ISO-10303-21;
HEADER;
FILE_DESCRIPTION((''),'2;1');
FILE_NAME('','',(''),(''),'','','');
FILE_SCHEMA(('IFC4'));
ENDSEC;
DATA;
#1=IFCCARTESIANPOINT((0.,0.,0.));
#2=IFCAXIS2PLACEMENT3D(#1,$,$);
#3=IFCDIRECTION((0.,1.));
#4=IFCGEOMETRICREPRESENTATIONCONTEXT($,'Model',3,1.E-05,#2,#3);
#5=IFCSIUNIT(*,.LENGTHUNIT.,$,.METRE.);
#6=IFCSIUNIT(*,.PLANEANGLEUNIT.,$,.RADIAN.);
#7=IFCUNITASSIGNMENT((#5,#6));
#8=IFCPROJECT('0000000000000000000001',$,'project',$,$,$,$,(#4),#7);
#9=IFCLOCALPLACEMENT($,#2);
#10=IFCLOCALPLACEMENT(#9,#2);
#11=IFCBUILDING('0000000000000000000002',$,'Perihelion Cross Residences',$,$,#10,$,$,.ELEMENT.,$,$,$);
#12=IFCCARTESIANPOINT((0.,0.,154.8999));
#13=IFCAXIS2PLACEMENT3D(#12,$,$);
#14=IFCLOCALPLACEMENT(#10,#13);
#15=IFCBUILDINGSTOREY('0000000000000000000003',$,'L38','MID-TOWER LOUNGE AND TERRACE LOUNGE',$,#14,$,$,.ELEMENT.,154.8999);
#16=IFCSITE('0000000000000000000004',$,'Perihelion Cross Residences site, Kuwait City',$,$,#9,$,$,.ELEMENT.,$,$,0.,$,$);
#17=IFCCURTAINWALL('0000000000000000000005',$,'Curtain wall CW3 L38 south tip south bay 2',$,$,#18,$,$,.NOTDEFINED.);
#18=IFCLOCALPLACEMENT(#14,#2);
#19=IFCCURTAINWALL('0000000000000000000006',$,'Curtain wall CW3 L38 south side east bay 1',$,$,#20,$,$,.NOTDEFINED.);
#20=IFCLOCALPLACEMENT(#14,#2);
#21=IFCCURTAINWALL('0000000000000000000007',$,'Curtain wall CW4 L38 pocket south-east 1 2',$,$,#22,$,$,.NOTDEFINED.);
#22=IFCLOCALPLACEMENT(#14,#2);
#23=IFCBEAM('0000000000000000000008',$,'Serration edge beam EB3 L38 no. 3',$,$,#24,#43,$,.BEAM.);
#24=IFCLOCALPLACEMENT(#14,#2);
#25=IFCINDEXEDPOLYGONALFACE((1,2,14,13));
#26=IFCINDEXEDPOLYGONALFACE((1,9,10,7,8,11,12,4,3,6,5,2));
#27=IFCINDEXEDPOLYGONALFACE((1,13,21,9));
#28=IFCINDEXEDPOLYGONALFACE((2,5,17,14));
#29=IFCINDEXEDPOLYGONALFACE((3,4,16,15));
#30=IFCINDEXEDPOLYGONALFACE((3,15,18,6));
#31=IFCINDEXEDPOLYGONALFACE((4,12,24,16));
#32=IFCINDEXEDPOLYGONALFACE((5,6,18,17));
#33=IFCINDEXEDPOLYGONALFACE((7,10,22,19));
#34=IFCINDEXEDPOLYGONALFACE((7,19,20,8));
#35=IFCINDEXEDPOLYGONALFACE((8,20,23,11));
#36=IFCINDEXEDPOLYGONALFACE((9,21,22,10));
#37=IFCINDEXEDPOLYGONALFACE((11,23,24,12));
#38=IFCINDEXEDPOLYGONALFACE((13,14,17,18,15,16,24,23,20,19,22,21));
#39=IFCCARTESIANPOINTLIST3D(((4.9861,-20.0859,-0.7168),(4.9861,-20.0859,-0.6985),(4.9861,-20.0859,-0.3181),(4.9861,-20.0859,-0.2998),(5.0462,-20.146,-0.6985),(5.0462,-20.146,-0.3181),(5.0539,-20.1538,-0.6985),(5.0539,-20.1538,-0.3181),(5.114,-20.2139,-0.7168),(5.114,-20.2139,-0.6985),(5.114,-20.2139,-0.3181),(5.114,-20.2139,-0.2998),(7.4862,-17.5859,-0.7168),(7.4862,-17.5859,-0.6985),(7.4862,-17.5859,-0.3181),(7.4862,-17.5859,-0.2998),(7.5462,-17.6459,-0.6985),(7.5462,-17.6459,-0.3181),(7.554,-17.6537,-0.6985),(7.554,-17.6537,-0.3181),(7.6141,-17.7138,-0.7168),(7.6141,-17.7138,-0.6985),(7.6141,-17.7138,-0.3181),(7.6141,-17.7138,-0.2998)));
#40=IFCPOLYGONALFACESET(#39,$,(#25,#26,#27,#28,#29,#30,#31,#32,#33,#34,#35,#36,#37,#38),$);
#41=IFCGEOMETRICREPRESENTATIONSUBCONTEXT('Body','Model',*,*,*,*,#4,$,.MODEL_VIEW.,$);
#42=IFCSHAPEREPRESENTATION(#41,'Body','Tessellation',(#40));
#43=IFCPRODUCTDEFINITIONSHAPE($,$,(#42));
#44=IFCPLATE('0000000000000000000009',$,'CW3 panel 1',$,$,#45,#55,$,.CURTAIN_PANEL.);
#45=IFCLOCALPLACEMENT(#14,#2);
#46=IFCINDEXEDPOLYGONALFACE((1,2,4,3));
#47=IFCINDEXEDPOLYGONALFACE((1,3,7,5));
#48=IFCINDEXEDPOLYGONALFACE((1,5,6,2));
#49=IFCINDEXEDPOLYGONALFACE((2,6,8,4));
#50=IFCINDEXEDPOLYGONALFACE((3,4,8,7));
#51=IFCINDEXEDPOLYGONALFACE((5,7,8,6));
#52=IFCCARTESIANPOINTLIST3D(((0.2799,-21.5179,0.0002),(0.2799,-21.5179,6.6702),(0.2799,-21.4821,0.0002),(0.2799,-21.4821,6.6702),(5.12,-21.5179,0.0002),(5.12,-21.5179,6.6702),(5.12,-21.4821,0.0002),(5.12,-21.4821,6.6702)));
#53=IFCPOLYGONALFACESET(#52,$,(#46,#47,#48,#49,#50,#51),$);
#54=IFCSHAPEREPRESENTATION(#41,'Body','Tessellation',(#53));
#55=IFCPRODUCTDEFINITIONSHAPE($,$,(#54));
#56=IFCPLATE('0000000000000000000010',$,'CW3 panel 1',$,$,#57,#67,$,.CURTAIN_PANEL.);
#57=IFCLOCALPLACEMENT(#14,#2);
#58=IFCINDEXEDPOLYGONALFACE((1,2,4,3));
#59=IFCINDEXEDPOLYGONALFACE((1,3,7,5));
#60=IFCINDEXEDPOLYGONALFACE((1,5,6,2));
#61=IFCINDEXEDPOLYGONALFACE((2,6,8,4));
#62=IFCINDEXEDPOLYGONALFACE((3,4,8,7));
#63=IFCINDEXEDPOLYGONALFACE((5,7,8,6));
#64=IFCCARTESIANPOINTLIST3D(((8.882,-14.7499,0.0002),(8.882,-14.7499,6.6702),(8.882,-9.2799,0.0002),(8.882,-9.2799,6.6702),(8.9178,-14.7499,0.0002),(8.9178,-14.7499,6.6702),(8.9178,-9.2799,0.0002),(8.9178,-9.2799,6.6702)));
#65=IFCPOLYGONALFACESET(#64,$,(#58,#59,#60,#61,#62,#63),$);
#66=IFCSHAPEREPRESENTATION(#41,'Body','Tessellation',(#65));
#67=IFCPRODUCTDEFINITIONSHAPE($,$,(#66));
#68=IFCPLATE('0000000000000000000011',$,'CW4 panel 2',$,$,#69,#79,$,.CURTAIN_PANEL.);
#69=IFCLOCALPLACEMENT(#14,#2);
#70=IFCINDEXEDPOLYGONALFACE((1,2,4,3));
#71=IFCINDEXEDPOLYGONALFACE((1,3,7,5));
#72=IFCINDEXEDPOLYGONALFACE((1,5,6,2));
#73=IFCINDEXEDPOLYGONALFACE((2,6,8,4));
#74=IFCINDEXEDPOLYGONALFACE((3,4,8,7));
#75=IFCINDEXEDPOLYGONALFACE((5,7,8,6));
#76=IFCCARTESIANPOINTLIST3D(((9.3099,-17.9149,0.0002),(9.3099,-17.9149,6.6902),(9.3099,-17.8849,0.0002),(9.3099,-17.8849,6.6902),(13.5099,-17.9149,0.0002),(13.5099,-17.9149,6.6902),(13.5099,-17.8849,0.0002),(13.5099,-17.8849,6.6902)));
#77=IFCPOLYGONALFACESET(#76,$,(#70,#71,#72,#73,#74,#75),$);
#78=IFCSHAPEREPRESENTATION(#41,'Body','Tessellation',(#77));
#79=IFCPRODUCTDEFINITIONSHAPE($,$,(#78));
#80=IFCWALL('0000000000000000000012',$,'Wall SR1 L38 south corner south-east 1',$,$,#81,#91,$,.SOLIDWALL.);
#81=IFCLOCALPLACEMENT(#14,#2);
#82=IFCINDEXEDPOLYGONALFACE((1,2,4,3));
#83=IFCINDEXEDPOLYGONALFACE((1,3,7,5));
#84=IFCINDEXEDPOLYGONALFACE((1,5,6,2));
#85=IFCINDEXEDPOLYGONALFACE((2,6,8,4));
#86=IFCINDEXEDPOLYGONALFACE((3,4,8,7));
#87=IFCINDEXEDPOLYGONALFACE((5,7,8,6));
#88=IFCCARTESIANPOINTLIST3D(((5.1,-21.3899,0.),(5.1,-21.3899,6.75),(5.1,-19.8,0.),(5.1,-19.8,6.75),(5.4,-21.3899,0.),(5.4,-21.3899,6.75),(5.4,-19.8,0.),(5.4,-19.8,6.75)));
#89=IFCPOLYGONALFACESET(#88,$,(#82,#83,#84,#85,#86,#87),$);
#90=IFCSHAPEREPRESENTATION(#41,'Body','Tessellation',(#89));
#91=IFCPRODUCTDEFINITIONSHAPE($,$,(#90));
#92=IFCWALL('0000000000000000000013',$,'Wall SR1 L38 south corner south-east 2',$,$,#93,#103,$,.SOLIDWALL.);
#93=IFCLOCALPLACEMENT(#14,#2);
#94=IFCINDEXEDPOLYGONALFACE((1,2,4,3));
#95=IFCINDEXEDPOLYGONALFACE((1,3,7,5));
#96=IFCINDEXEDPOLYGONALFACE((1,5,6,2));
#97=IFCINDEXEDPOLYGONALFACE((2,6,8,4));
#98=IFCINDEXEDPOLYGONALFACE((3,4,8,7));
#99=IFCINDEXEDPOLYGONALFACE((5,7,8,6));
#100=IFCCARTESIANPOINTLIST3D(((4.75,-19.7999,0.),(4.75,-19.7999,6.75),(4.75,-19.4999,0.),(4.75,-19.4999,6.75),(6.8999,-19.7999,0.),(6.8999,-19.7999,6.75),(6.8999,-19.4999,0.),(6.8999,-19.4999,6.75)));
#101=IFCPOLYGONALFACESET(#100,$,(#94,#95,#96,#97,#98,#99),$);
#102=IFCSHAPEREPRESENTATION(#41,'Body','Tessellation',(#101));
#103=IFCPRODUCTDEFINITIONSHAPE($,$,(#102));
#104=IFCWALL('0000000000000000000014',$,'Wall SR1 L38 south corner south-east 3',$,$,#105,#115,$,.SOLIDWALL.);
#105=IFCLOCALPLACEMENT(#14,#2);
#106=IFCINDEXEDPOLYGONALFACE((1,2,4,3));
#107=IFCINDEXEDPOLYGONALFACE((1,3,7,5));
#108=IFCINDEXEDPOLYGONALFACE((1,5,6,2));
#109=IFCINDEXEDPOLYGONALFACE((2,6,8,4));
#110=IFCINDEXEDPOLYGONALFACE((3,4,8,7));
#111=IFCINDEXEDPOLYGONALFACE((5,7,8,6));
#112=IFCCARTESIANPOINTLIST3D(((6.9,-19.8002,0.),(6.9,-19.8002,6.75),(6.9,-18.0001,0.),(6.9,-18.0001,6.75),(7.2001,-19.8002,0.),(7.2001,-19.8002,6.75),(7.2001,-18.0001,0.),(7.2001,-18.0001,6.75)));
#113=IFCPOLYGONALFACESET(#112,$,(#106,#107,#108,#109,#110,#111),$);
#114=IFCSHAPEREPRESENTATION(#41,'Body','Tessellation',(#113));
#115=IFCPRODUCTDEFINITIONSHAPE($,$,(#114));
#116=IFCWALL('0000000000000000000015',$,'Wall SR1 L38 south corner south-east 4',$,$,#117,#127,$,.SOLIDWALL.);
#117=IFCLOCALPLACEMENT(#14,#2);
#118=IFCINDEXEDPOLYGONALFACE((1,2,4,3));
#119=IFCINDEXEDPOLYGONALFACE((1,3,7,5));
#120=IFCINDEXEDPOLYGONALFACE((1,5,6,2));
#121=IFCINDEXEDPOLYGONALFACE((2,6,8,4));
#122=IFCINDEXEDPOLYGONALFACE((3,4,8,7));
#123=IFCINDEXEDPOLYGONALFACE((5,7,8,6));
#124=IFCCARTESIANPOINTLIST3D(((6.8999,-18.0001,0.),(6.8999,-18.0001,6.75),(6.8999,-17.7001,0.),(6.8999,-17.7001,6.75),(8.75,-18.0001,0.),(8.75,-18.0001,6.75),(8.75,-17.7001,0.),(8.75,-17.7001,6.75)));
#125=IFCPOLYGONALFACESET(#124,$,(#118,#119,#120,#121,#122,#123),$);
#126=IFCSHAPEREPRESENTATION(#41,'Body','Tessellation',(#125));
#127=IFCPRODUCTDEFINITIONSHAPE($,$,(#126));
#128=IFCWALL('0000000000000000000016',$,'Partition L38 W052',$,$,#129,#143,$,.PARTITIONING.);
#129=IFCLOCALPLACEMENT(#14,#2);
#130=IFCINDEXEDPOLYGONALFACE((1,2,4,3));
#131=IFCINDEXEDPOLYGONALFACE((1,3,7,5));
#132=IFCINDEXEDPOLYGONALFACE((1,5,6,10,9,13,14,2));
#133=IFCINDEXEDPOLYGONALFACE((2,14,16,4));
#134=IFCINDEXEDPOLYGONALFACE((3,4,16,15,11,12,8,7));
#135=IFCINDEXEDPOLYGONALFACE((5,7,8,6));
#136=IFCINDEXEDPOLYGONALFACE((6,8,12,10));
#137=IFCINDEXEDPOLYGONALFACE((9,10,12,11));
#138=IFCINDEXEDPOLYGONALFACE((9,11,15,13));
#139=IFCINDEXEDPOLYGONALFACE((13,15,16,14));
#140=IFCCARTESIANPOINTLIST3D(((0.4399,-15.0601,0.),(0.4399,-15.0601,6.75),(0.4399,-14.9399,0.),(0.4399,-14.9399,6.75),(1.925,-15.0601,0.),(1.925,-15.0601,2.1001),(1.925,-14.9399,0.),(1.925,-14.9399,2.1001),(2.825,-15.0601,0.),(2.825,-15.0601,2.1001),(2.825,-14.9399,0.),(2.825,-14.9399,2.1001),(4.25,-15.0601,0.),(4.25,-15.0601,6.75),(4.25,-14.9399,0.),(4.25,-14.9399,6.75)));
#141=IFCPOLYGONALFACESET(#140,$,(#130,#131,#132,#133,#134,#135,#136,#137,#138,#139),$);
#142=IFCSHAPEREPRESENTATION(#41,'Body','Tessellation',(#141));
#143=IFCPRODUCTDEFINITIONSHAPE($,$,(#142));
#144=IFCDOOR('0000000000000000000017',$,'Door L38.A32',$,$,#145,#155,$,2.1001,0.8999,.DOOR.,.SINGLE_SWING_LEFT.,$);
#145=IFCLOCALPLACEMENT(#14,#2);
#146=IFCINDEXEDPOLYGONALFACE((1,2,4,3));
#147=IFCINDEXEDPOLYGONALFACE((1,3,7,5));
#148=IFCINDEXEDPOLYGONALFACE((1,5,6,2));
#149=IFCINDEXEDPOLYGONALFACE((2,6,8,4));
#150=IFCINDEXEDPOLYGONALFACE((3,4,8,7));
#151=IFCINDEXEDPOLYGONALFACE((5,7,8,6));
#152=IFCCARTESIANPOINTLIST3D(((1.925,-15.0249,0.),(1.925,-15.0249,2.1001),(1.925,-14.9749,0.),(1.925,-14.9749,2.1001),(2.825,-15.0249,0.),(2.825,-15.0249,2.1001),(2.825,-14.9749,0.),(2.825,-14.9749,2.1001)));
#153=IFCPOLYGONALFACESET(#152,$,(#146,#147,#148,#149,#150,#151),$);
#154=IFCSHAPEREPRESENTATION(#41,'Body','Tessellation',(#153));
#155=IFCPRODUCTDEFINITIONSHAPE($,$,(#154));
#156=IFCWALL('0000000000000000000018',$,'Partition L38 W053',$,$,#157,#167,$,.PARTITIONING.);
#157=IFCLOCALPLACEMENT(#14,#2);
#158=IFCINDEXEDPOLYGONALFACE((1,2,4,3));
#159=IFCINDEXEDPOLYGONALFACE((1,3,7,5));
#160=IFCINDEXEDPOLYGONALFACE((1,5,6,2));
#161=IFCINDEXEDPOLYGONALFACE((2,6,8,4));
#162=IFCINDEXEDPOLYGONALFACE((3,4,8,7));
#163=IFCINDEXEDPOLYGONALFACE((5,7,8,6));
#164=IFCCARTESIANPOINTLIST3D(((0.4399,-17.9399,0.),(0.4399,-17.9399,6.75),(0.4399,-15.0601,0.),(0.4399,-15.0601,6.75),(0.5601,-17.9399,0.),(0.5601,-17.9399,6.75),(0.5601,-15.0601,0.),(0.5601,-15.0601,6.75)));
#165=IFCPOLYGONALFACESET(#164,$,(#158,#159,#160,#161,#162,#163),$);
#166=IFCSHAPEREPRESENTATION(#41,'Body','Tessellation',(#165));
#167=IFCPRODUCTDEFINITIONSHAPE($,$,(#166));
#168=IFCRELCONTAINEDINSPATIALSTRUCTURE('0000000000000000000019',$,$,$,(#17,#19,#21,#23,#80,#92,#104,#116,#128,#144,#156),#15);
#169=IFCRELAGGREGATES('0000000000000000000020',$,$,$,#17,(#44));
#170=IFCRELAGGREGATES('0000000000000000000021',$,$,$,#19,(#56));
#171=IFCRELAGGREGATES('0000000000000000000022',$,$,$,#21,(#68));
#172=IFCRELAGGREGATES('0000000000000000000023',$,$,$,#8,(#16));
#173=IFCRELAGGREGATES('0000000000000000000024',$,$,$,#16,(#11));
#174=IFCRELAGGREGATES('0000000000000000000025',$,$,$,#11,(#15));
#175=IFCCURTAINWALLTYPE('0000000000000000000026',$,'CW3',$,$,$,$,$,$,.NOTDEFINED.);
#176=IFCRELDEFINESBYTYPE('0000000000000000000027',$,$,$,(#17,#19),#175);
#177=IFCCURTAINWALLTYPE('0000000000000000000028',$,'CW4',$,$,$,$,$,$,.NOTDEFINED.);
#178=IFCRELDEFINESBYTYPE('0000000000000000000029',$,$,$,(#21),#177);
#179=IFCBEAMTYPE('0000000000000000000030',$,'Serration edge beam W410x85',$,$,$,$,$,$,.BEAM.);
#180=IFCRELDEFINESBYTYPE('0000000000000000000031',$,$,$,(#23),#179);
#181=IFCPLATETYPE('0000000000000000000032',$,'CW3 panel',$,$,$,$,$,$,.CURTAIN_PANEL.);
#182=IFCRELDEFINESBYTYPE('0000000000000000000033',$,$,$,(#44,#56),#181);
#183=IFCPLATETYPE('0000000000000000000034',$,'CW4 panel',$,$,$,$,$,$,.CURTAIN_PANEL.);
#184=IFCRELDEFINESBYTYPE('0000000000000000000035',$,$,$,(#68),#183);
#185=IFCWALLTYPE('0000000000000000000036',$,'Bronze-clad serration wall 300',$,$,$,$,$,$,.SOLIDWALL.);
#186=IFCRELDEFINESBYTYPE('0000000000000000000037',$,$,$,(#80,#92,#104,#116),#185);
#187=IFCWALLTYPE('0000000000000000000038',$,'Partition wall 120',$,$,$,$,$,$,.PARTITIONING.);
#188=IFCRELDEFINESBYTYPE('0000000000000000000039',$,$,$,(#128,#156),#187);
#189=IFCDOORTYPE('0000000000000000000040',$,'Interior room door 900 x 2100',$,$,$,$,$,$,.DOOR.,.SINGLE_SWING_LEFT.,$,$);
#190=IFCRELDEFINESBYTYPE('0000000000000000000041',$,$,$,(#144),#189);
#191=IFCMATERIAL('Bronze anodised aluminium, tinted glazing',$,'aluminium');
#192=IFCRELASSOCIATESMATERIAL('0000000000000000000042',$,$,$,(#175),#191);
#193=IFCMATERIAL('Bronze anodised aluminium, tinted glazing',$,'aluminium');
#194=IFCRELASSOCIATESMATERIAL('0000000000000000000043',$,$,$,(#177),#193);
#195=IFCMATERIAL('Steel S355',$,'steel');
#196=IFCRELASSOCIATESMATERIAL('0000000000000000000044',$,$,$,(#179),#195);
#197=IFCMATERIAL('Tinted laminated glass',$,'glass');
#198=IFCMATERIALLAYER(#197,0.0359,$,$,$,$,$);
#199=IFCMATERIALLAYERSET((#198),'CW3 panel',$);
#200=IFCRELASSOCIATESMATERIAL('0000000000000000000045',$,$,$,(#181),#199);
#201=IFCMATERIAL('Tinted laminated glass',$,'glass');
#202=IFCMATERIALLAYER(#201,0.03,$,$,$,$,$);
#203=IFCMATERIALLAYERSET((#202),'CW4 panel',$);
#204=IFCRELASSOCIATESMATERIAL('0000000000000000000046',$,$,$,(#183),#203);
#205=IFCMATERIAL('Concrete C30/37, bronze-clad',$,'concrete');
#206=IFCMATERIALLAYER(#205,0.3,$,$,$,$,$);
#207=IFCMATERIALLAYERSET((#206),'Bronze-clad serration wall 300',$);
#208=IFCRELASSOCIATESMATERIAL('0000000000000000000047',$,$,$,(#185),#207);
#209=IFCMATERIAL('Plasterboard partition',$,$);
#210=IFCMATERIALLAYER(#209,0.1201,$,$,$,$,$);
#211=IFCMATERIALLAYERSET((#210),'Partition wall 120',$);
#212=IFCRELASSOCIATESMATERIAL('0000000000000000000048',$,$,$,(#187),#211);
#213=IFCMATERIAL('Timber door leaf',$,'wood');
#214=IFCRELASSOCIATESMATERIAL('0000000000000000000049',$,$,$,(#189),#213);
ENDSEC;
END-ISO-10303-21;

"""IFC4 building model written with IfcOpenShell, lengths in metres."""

from ifc_helpers import new_model, si_unit, direction, frame, frame_2d, origin, origin_2d, place, context, subcontext, project, spatial, rectangle, i_section, extrude, material, layer, layer_set, material_profile, profile_set, type_object, element, fill, aggregate, save


model = new_model("IFC4")

# Units and contexts
model_context = context("Model", 3, precision=1e-05, world=origin(), true_north=direction((0.0, 1.0)))
body_context = subcontext(model_context, "Body", "Model", "MODEL_VIEW")
ifc_project = project(units=[si_unit("LENGTHUNIT", "METRE"), si_unit("PLANEANGLEUNIT", "RADIAN")], contexts=[model_context])

# Site, building, storey
site_placement = place(None, origin())
site = spatial("IfcSite", under=ifc_project, at=site_placement, Name="Perihelion Cross Residences site, Kuwait City", CompositionType="ELEMENT", RefElevation=0.0)
building_placement = place(site_placement, origin())
building = spatial("IfcBuilding", under=site, at=building_placement, Name="Perihelion Cross Residences", CompositionType="ELEMENT")
storey_placement = place(building_placement, frame((0.0, 0.0, 154.8999)))
storey = spatial("IfcBuildingStorey", under=building, at=storey_placement, Name="L38", Description="MID-TOWER LOUNGE AND TERRACE LOUNGE", CompositionType="ELEMENT", Elevation=154.8999)

# Curtain wall
ifc_material_1 = material(Name="Bronze anodised aluminium, tinted glazing", Category="aluminium")
curtain_wall_type_1 = type_object("IfcCurtainWallType", Name="CW3", PredefinedType="NOTDEFINED", material=ifc_material_1)
curtain_wall_1_placement = place(storey_placement, origin())
curtain_wall_1 = element("IfcCurtainWall", 1, at=curtain_wall_1_placement, inside=storey, type_object=curtain_wall_type_1, Name="Curtain wall CW3 L38 south tip south bay 2", PredefinedType="NOTDEFINED")

# Curtain wall
curtain_wall_2_placement = place(storey_placement, origin())
curtain_wall_2 = element("IfcCurtainWall", 2, at=curtain_wall_2_placement, inside=storey, type_object=curtain_wall_type_1, Name="Curtain wall CW3 L38 south side east bay 1", PredefinedType="NOTDEFINED")

# Curtain wall
ifc_material_2 = material(Name="Bronze anodised aluminium, tinted glazing", Category="aluminium")
curtain_wall_type_2 = type_object("IfcCurtainWallType", Name="CW4", PredefinedType="NOTDEFINED", material=ifc_material_2)
curtain_wall_3_placement = place(storey_placement, origin())
curtain_wall_3 = element("IfcCurtainWall", 3, at=curtain_wall_3_placement, inside=storey, type_object=curtain_wall_type_2, Name="Curtain wall CW4 L38 pocket south-east 1 2", PredefinedType="NOTDEFINED")

# Beam
ifc_material_3 = material(Name="Steel S355", Category="steel")
ifc_material_profile_1 = material_profile(ifc_material_3, i_section(OverallWidth=0.1809, OverallDepth=0.417, WebThickness=0.011, FlangeThickness=0.0183, at=origin_2d()), Name="W410x85")
ifc_profile_set_1 = profile_set([ifc_material_profile_1], Name="Steel S355")
beam_type_1 = type_object("IfcBeamType", Name="Serration edge beam W410x85", PredefinedType="BEAM", material=ifc_profile_set_1)
beam_1_placement = place(storey_placement, frame((5.05, -20.1499, -0.5083), z_axis=(0.707107, 0.707107, 0.0), x_axis=(-0.707107, 0.707107, 0.0)))
element("IfcBeam", 4, at=beam_1_placement, inside=storey, type_object=beam_type_1, Name="Serration edge beam EB3 L38 no. 3", PredefinedType="BEAM", context=body_context, shape_type="SweptSolid", body=[
    extrude(i_section(OverallWidth=0.1809, OverallDepth=0.417, WebThickness=0.011, FlangeThickness=0.0183, at=origin_2d()), origin(), (0.0, 0.0, 1.0), 3.5356),
])

# Plates
ifc_material_4 = material(Name="Tinted laminated glass", Category="glass")
ifc_layer_1 = layer(ifc_material_4, 0.0359)
ifc_layer_set_1 = layer_set([ifc_layer_1], Name="CW3 panel")
plate_type_1 = type_object("IfcPlateType", Name="CW3 panel", PredefinedType="CURTAIN_PANEL", material=ifc_layer_set_1)
plate_1_placement = place(storey_placement, frame((2.7, -21.5, 0.0002), z_axis=(0.0, 0.0, 1.0), x_axis=(1.0, 0.0, 0.0)))
plate_1 = element("IfcPlate", 5, at=plate_1_placement, type_object=plate_type_1, Name="CW3 panel 1", PredefinedType="CURTAIN_PANEL", context=body_context, shape_type="SweptSolid", body=[
    extrude(rectangle(XDim=4.8401, YDim=0.0359, at=origin_2d()), origin(), (0.0, 0.0, 1.0), 6.6699),
])
aggregate(curtain_wall_1, [plate_1])
plate_2_placement = place(storey_placement, frame((8.8999, -12.0149, 0.0002), z_axis=(0.0, 0.0, 1.0), x_axis=(0.0, 1.0, 0.0)))
plate_2 = element("IfcPlate", 6, at=plate_2_placement, type_object=plate_type_1, Name="CW3 panel 1", PredefinedType="CURTAIN_PANEL", context=body_context, shape_type="SweptSolid", body=[
    extrude(rectangle(XDim=5.47, YDim=0.0359, at=origin_2d()), origin(), (0.0, 0.0, 1.0), 6.6699),
])
aggregate(curtain_wall_2, [plate_2])
ifc_material_5 = material(Name="Tinted laminated glass", Category="glass")
ifc_layer_2 = layer(ifc_material_5, 0.03)
ifc_layer_set_2 = layer_set([ifc_layer_2], Name="CW4 panel")
plate_type_2 = type_object("IfcPlateType", Name="CW4 panel", PredefinedType="CURTAIN_PANEL", material=ifc_layer_set_2)
plate_3_placement = place(storey_placement, frame((11.4099, -17.8999, 0.0002), z_axis=(0.0, 0.0, 1.0), x_axis=(-1.0, 0.0, 0.0)))
plate_3 = element("IfcPlate", 7, at=plate_3_placement, type_object=plate_type_2, Name="CW4 panel 2", PredefinedType="CURTAIN_PANEL", context=body_context, shape_type="SweptSolid", body=[
    extrude(rectangle(XDim=4.2, YDim=0.03, at=origin_2d()), origin(), (0.0, 0.0, 1.0), 6.6899),
])
aggregate(curtain_wall_3, [plate_3])

# Walls
ifc_material_6 = material(Name="Concrete C30/37, bronze-clad", Category="concrete")
ifc_layer_3 = layer(ifc_material_6, 0.3)
ifc_layer_set_3 = layer_set([ifc_layer_3], Name="Bronze-clad serration wall 300")
wall_type_1 = type_object("IfcWallType", Name="Bronze-clad serration wall 300", PredefinedType="SOLIDWALL", material=ifc_layer_set_3)
wall_1_placement = place(storey_placement, frame((5.25, -21.3899, 0.0), z_axis=(0.0, 0.0, 1.0), x_axis=(0.0, 1.0, 0.0)))
element("IfcWall", 8, at=wall_1_placement, inside=storey, type_object=wall_type_1, Name="Wall SR1 L38 south corner south-east 1", PredefinedType="SOLIDWALL", context=body_context, shape_type="SweptSolid", body=[
    extrude(rectangle(XDim=1.5898, YDim=0.3, at=frame_2d((0.7949, 0.0))), origin(), (0.0, 0.0, 1.0), 6.75),
])
wall_2_placement = place(storey_placement, frame((4.75, -19.6499, 0.0), z_axis=(0.0, 0.0, 1.0), x_axis=(1.0, 0.0, 0.0)))
element("IfcWall", 9, at=wall_2_placement, inside=storey, type_object=wall_type_1, Name="Wall SR1 L38 south corner south-east 2", PredefinedType="SOLIDWALL", context=body_context, shape_type="SweptSolid", body=[
    extrude(rectangle(XDim=2.1499, YDim=0.3, at=frame_2d((1.075, 0.0))), origin(), (0.0, 0.0, 1.0), 6.75),
])
wall_3_placement = place(storey_placement, frame((7.05, -19.8, 0.0), z_axis=(0.0, 0.0, 1.0), x_axis=(0.0, 1.0, 0.0)))
element("IfcWall", 10, at=wall_3_placement, inside=storey, type_object=wall_type_1, Name="Wall SR1 L38 south corner south-east 3", PredefinedType="SOLIDWALL", context=body_context, shape_type="SweptSolid", body=[
    extrude(rectangle(XDim=1.8, YDim=0.3, at=frame_2d((0.8999, 0.0))), origin(), (0.0, 0.0, 1.0), 6.75),
])
wall_4_placement = place(storey_placement, frame((6.8999, -17.8501, 0.0), z_axis=(0.0, 0.0, 1.0), x_axis=(1.0, 0.0, 0.0)))
element("IfcWall", 11, at=wall_4_placement, inside=storey, type_object=wall_type_1, Name="Wall SR1 L38 south corner south-east 4", PredefinedType="SOLIDWALL", context=body_context, shape_type="SweptSolid", body=[
    extrude(rectangle(XDim=1.8501, YDim=0.3, at=frame_2d((0.925, 0.0))), origin(), (0.0, 0.0, 1.0), 6.75),
])

# Wall, opening, door
ifc_material_7 = material(Name="Plasterboard partition")
ifc_layer_4 = layer(ifc_material_7, 0.1201)
ifc_layer_set_4 = layer_set([ifc_layer_4], Name="Partition wall 120")
wall_type_2 = type_object("IfcWallType", Name="Partition wall 120", PredefinedType="PARTITIONING", material=ifc_layer_set_4)
wall_5_placement = place(storey_placement, frame((4.25, -15.0, 0.0), z_axis=(0.0, 0.0, 1.0), x_axis=(-1.0, 0.0, 0.0)))
wall_5 = element("IfcWall", 12, at=wall_5_placement, inside=storey, type_object=wall_type_2, Name="Partition L38 W052", PredefinedType="PARTITIONING", context=body_context, shape_type="SweptSolid", body=[
    extrude(rectangle(XDim=3.8101, YDim=0.1201, at=frame_2d((1.905, 0.0))), origin(), (0.0, 0.0, 1.0), 6.75),
])
opening_1_placement = place(wall_5_placement, frame((1.425, 0.0, 0.0)))
opening_1 = element("IfcOpeningElement", 13, at=opening_1_placement, cuts=wall_5, PredefinedType="OPENING", context=body_context, shape_type="SweptSolid", body=[
    extrude(rectangle(XDim=0.8999, YDim=2.1001, at=frame_2d((0.45, 1.05))), frame((0.0, 0.0701, 0.0), z_axis=(0.0, -1.0, 0.0), x_axis=(1.0, 0.0, 0.0)), (0.0, 0.0, 1.0), 0.1401),
])
ifc_material_8 = material(Name="Timber door leaf", Category="wood")
door_type_1 = type_object("IfcDoorType", Name="Interior room door 900 x 2100", OperationType="SINGLE_SWING_LEFT", PredefinedType="DOOR", material=ifc_material_8)
door_1_placement = place(opening_1_placement, origin())
door_1 = element("IfcDoor", 14, at=door_1_placement, inside=storey, type_object=door_type_1, Name="Door L38.A32", OperationType="SINGLE_SWING_LEFT", OverallHeight=2.1001, OverallWidth=0.8999, PredefinedType="DOOR", context=body_context, shape_type="SweptSolid", body=[
    extrude(rectangle(XDim=0.8999, YDim=2.1001, at=frame_2d((0.45, 1.05))), frame((0.0, 0.0249, 0.0), z_axis=(0.0, -1.0, 0.0), x_axis=(1.0, 0.0, 0.0)), (0.0, 0.0, 1.0), 0.05),
])
fill(opening_1, door_1)

# Wall
wall_6_placement = place(storey_placement, frame((0.5, -15.0601, 0.0), z_axis=(0.0, 0.0, 1.0), x_axis=(0.0, -1.0, 0.0)))
element("IfcWall", 15, at=wall_6_placement, inside=storey, type_object=wall_type_2, Name="Partition L38 W053", PredefinedType="PARTITIONING", context=body_context, shape_type="SweptSolid", body=[
    extrude(rectangle(XDim=2.8799, YDim=0.1201, at=frame_2d((1.4399, 0.0))), origin(), (0.0, 0.0, 1.0), 6.75),
])

save(model, "model.ifc")
